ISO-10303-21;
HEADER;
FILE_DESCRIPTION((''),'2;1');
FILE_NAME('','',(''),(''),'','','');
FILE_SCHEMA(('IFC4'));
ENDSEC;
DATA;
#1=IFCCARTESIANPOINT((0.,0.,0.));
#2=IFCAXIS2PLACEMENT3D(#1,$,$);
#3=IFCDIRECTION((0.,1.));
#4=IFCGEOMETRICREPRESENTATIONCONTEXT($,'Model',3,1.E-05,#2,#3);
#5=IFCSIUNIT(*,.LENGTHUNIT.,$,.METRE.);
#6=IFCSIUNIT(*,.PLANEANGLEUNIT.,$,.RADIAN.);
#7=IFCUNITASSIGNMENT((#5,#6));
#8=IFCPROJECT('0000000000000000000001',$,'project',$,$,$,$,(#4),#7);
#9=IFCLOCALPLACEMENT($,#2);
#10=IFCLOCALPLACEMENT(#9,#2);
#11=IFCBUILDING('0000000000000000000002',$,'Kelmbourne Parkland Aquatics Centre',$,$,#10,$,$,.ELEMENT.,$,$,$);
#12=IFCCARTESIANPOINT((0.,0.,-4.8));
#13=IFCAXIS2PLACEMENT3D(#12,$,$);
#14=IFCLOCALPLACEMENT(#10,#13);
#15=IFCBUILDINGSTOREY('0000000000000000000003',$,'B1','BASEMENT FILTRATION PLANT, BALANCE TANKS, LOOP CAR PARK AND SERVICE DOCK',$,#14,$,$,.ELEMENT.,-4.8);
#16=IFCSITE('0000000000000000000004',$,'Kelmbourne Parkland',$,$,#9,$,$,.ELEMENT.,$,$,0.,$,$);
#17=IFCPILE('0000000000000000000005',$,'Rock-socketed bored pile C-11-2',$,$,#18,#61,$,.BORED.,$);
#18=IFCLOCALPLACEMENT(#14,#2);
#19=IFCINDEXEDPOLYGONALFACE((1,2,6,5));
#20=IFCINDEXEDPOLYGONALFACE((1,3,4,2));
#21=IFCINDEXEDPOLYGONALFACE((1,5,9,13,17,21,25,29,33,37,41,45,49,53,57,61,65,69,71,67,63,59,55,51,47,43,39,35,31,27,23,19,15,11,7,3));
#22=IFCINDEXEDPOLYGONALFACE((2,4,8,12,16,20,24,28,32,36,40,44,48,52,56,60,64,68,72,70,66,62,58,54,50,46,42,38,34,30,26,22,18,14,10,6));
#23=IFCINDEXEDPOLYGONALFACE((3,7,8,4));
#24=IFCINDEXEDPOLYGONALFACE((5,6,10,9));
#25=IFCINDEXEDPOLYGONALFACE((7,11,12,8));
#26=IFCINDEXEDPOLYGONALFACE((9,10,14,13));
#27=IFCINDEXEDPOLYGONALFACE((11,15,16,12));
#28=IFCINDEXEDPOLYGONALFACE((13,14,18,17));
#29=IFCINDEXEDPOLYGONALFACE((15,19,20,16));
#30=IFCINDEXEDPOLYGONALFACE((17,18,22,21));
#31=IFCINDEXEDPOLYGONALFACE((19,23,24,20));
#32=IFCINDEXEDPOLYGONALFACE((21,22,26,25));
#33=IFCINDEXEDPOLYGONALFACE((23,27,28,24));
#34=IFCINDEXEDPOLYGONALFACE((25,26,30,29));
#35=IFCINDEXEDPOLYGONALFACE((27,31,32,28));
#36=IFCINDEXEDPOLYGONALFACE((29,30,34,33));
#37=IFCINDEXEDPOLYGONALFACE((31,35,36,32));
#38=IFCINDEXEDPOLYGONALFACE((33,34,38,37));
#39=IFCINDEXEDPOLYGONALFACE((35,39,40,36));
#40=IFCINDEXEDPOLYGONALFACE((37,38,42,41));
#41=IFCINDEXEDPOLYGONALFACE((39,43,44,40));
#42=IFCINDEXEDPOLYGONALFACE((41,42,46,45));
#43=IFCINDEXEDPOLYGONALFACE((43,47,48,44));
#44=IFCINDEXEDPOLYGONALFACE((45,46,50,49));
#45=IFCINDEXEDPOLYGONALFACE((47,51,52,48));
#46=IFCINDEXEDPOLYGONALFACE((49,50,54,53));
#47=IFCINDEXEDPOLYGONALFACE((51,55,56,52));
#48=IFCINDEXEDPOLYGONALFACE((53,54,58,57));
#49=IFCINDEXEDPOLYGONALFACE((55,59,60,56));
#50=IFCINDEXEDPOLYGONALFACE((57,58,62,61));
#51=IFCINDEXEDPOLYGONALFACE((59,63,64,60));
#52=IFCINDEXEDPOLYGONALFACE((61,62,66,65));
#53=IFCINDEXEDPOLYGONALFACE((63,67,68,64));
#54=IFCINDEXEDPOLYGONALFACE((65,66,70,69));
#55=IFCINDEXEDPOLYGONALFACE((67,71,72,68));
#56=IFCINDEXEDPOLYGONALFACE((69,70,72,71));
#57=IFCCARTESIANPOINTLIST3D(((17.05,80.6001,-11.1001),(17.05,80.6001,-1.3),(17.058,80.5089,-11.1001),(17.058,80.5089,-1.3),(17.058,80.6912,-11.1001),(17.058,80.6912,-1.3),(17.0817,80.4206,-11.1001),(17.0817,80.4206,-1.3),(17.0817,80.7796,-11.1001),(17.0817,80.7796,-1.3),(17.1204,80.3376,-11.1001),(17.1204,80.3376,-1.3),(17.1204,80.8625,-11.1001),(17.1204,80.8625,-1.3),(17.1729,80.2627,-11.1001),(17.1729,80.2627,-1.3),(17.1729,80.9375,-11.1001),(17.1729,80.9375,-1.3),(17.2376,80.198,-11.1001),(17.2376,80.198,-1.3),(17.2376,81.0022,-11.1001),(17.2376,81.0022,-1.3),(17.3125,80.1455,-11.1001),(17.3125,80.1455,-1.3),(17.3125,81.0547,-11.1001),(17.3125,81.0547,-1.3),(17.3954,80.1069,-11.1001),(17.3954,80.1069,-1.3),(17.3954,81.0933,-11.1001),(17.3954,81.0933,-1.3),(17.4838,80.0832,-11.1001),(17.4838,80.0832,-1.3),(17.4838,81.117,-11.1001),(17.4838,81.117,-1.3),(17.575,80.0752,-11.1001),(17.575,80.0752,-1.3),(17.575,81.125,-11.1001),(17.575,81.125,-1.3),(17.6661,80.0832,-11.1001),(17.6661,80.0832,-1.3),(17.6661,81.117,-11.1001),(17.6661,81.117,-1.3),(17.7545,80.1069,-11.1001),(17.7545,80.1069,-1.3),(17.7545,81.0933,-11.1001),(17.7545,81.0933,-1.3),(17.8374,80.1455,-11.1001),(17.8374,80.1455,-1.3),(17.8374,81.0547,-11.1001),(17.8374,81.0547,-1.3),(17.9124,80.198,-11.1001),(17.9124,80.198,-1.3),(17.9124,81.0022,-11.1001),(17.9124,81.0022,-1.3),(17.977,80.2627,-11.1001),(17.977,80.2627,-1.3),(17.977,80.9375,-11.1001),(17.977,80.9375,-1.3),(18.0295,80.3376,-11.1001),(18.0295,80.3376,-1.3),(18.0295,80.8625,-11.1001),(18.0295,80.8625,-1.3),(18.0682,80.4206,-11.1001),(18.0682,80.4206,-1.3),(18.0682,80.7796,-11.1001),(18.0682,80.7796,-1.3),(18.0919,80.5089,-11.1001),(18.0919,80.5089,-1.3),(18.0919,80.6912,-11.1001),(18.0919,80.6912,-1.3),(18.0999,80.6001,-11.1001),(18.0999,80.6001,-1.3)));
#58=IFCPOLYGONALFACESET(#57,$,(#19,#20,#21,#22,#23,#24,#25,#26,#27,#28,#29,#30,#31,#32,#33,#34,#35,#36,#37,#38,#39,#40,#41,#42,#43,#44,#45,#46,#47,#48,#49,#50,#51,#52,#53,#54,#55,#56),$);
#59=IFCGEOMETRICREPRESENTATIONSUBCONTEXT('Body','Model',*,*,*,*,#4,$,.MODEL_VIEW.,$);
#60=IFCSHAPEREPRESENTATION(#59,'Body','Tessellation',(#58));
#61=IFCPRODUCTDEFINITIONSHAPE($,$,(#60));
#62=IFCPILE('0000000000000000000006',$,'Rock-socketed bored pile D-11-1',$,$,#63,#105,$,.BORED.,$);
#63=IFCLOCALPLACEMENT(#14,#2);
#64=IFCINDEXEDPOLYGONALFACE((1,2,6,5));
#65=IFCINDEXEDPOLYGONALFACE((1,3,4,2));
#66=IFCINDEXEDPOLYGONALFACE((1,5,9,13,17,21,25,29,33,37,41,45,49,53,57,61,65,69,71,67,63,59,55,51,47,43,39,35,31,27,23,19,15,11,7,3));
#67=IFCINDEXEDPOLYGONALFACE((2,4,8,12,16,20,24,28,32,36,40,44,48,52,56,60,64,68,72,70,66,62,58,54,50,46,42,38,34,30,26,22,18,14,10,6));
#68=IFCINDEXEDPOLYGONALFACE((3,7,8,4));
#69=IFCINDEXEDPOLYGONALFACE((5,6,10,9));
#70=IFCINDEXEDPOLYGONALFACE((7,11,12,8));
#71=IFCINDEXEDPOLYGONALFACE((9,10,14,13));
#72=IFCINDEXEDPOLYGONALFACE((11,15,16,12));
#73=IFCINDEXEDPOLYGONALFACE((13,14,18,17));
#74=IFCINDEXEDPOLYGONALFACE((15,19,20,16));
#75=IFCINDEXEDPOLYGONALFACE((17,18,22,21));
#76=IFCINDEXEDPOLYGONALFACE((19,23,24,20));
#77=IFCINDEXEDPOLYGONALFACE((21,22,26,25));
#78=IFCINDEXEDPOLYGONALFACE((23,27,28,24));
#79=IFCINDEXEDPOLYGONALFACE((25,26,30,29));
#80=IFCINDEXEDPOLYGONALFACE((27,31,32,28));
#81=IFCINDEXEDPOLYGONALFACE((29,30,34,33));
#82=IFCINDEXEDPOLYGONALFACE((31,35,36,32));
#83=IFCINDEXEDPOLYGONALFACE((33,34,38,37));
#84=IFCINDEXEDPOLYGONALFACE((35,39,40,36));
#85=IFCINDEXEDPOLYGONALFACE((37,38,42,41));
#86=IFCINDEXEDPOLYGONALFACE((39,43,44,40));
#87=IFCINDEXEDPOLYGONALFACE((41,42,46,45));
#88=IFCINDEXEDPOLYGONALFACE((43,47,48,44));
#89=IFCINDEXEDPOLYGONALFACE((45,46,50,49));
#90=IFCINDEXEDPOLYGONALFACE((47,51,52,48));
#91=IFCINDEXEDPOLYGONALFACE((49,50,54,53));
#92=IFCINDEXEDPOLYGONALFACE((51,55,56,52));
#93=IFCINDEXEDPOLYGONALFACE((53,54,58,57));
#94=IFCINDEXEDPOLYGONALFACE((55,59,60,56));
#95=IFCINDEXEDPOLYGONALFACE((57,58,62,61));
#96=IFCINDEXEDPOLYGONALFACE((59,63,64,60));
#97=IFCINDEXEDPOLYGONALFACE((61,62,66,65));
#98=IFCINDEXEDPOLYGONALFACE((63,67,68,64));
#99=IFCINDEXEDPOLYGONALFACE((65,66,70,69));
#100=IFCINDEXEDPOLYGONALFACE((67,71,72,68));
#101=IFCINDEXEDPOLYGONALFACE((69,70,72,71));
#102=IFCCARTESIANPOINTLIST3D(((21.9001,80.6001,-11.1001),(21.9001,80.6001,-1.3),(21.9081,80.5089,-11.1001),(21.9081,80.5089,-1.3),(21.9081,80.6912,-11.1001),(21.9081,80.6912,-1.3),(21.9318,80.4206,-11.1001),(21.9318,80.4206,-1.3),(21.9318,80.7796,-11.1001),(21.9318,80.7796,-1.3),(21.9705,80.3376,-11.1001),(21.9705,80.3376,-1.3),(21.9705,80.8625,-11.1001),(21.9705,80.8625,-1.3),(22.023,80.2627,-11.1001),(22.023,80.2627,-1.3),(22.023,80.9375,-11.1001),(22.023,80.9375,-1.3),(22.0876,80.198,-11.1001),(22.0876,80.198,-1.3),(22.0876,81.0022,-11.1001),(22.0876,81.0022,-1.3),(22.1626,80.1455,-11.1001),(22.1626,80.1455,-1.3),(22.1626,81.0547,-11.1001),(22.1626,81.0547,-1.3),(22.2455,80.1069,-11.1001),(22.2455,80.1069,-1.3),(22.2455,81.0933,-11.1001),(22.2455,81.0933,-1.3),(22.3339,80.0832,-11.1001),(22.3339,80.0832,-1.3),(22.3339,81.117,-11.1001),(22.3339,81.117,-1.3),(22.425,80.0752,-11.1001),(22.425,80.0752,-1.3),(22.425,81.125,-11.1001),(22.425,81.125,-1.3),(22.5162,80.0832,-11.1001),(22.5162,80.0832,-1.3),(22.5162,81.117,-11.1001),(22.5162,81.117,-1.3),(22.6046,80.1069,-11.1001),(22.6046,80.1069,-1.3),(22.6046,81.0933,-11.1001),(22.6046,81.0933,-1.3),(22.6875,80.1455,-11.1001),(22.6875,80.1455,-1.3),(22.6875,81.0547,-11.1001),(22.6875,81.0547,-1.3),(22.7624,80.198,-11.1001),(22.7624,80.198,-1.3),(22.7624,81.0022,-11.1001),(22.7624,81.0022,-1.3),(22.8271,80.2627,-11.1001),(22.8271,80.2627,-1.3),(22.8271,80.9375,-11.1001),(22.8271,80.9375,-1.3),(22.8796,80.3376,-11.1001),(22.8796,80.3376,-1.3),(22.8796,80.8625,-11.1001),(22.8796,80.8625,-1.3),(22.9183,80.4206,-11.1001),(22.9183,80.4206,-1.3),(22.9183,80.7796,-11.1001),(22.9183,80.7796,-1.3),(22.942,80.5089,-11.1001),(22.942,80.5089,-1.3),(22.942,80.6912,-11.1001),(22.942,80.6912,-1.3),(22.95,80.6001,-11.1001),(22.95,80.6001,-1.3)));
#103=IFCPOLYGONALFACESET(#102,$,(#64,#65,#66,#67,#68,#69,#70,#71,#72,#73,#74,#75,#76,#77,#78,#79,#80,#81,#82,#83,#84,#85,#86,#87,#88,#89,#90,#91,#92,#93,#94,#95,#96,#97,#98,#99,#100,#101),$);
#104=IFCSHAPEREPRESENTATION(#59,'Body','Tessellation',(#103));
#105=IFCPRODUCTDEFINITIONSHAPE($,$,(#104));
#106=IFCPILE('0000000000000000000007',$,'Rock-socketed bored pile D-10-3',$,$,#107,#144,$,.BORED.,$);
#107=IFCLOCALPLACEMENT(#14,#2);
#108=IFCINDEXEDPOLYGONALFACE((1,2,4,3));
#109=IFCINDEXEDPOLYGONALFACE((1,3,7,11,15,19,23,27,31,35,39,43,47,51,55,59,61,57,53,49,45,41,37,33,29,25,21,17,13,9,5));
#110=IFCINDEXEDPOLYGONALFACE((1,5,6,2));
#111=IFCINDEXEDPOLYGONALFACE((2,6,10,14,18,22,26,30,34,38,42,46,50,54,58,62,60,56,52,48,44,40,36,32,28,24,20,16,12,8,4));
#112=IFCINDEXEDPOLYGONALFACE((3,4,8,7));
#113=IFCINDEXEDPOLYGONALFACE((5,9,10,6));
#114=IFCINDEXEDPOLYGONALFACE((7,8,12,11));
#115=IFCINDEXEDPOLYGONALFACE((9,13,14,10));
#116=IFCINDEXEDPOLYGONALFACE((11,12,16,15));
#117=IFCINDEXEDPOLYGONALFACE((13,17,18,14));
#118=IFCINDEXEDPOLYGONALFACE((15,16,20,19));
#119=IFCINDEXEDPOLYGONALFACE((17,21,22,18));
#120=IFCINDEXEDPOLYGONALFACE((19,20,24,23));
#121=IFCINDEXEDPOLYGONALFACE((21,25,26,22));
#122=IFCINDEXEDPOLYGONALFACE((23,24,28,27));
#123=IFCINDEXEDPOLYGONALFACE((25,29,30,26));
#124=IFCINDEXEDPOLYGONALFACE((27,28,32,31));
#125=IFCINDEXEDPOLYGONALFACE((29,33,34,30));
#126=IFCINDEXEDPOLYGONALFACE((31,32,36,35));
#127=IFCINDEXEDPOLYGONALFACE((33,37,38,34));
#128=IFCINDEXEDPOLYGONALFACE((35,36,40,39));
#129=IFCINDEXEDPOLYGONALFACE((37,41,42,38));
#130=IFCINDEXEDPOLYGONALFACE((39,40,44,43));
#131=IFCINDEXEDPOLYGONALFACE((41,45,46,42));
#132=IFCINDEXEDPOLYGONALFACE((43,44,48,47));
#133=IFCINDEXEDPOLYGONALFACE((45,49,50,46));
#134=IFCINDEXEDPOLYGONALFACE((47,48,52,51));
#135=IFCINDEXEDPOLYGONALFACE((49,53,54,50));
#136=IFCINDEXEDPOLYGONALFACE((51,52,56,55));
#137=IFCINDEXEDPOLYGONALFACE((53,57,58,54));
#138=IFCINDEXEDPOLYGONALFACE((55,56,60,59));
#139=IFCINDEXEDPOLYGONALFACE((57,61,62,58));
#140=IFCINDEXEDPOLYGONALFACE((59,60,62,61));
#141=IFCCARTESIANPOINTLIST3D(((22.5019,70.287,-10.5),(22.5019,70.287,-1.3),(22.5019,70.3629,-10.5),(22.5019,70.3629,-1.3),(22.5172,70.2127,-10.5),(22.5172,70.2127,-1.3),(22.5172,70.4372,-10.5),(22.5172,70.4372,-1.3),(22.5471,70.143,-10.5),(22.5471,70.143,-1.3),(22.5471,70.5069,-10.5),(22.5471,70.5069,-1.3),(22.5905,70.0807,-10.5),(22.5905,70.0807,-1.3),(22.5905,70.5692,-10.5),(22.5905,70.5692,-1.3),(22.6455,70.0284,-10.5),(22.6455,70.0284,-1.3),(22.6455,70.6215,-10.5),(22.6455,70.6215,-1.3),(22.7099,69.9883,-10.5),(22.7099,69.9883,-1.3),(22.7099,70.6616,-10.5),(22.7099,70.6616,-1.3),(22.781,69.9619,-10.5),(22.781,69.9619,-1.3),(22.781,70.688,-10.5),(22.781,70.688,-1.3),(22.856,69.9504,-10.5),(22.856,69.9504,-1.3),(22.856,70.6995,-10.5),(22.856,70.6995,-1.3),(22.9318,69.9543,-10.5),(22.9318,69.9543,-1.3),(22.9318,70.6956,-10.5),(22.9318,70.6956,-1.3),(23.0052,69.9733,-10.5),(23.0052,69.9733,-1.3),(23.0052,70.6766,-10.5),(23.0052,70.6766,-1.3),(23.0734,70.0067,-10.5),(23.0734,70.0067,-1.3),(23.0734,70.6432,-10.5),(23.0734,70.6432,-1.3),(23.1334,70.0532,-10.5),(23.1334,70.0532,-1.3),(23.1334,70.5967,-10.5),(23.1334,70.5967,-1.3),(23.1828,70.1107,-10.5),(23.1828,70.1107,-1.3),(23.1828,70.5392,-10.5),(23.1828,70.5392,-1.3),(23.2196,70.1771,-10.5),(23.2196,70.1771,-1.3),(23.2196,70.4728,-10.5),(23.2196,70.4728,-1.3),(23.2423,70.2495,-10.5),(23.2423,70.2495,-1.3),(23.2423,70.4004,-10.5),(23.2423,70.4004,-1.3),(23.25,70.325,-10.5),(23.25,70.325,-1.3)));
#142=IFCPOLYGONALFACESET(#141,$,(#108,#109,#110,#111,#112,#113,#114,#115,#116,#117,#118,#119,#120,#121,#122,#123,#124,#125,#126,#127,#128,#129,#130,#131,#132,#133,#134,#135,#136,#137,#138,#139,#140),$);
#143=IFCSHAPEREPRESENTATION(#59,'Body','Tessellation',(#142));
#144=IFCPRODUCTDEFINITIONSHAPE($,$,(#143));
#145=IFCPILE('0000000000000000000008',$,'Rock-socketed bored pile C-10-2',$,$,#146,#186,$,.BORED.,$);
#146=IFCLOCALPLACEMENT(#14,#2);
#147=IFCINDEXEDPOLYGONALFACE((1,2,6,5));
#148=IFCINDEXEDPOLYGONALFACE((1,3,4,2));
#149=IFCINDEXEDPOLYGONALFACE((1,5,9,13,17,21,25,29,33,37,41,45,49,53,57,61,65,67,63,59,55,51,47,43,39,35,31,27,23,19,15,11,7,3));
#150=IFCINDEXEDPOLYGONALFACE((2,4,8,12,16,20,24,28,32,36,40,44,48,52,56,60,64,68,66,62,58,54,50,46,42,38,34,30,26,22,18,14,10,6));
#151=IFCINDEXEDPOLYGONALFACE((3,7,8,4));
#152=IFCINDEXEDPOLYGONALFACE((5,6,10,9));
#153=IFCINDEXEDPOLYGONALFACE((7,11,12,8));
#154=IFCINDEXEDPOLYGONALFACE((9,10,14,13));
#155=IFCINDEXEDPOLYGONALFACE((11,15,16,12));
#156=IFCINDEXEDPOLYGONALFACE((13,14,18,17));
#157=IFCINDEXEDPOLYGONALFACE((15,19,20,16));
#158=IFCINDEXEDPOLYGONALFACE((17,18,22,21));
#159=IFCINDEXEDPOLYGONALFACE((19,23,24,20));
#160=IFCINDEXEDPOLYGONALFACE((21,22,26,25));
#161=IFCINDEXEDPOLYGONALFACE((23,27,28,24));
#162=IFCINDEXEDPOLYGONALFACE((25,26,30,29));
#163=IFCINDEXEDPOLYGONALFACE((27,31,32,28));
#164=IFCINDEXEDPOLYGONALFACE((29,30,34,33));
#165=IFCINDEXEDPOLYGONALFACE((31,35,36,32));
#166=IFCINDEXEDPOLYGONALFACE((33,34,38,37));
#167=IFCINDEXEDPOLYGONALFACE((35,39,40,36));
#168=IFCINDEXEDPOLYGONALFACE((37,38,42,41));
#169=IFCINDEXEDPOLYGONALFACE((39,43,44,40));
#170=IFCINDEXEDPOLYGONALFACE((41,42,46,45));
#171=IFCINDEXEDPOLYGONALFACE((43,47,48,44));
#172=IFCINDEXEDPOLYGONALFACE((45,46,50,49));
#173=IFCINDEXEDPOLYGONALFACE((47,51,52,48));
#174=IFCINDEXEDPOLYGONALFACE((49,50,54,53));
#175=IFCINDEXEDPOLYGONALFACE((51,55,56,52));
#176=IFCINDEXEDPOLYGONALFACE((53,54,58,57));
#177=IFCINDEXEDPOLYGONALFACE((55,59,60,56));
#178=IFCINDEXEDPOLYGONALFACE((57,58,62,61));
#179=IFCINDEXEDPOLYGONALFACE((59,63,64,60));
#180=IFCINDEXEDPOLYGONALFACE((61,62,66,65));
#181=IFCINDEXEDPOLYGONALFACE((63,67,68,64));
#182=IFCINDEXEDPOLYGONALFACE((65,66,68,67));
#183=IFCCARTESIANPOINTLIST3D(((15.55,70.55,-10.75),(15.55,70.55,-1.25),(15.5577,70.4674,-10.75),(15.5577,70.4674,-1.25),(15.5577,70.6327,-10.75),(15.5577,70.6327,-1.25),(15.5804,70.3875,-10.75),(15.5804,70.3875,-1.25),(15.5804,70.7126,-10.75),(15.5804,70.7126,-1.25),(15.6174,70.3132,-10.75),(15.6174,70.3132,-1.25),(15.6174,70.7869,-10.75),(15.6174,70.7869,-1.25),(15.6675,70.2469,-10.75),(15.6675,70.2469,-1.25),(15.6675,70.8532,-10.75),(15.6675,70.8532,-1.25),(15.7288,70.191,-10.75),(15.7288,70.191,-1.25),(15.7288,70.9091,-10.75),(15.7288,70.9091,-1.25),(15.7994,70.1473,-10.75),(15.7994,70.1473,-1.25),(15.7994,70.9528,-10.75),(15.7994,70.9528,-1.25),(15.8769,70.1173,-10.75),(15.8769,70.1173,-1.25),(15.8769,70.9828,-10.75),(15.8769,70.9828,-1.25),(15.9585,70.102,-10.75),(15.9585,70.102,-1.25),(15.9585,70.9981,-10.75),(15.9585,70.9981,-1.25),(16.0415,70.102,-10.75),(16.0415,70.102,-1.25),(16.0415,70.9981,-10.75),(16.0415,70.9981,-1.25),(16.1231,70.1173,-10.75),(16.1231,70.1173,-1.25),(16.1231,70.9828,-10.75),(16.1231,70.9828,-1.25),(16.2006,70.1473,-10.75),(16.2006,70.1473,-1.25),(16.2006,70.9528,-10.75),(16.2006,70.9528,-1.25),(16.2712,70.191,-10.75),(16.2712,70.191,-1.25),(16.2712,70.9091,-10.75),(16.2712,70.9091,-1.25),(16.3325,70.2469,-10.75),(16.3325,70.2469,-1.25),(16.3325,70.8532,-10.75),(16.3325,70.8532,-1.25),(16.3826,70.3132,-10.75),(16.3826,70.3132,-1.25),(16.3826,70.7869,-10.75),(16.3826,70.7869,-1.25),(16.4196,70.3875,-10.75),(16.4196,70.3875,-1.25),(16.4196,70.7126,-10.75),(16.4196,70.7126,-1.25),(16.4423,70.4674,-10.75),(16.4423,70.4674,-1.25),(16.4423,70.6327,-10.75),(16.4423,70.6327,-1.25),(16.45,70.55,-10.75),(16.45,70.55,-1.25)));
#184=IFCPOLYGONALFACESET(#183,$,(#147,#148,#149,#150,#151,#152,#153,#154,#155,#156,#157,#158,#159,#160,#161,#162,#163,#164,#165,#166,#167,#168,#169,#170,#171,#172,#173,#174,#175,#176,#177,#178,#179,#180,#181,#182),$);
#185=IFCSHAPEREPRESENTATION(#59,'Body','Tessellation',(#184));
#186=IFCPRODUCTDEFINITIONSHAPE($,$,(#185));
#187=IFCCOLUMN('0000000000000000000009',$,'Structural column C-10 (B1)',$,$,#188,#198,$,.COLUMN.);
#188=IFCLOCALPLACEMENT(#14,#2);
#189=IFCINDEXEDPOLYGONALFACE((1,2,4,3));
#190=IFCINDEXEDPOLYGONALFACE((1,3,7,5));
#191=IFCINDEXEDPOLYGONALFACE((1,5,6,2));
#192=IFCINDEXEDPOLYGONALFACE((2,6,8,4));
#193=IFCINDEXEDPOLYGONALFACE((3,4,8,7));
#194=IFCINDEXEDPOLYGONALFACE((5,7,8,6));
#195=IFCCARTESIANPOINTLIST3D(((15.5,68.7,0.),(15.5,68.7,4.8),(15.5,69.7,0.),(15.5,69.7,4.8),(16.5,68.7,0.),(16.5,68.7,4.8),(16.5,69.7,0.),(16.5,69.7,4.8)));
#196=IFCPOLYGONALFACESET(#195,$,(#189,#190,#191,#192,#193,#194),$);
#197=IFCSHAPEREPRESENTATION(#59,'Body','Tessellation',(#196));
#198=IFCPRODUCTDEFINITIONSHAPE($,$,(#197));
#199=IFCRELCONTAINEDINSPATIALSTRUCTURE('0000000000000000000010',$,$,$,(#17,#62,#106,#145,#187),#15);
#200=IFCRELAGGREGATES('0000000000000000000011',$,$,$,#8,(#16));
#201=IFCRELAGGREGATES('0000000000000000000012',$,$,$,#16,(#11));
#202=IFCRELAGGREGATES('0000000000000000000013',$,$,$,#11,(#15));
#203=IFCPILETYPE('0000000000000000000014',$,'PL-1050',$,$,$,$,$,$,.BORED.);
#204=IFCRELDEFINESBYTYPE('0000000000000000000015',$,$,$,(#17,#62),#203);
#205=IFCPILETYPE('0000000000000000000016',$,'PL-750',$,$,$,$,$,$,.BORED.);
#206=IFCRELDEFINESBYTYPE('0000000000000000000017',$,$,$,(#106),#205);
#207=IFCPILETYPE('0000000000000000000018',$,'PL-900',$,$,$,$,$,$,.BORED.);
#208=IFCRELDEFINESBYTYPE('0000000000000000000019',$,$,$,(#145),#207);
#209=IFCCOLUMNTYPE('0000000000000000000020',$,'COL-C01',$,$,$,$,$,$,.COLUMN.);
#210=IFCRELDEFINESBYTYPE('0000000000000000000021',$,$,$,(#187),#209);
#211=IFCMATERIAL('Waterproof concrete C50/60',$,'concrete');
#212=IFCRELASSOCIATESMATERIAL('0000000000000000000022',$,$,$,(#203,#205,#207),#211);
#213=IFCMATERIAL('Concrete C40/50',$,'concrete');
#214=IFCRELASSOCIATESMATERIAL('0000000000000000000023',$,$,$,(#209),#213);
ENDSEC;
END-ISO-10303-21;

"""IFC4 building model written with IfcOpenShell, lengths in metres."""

from ifc_helpers import new_model, si_unit, direction, frame, origin, origin_2d, place, context, subcontext, project, spatial, rectangle, circle, extrude, material, material_profile, profile_set, type_object, element, save


model = new_model("IFC4")

# Units and contexts
model_context = context("Model", 3, precision=1e-05, world=origin(), true_north=direction((0.0, 1.0)))
body_context = subcontext(model_context, "Body", "Model", "MODEL_VIEW")
ifc_project = project(units=[si_unit("LENGTHUNIT", "METRE"), si_unit("PLANEANGLEUNIT", "RADIAN")], contexts=[model_context])

# Site, building, storey
site_placement = place(None, origin())
site = spatial("IfcSite", under=ifc_project, at=site_placement, Name="Kelmbourne Parkland", CompositionType="ELEMENT", RefElevation=0.0)
building_placement = place(site_placement, origin())
building = spatial("IfcBuilding", under=site, at=building_placement, Name="Kelmbourne Parkland Aquatics Centre", CompositionType="ELEMENT")
storey_placement = place(building_placement, frame((0.0, 0.0, -4.8)))
storey = spatial("IfcBuildingStorey", under=building, at=storey_placement, Name="B1", Description="BASEMENT FILTRATION PLANT, BALANCE TANKS, LOOP CAR PARK AND SERVICE DOCK", CompositionType="ELEMENT", Elevation=-4.8)

# Shared definitions
ifc_material_1 = material(Name="Waterproof concrete C50/60", Category="concrete")

# Piles
ifc_material_profile_1 = material_profile(ifc_material_1, circle(Radius=0.5249, at=origin_2d()), Name="PILE D1050")
ifc_profile_set_1 = profile_set([ifc_material_profile_1], Name="Waterproof concrete C50/60")
pile_type_1 = type_object("IfcPileType", Name="PL-1050", PredefinedType="BORED", material=ifc_profile_set_1)
for number, where, z_axis, x_axis, name in (
    (1, (17.575, 80.6001, -1.3), (0.0, 0.0, -1.0), (1.0, 0.0, 0.0), "Rock-socketed bored pile C-11-2"),
    (2, (22.425, 80.6001, -1.3), (0.0, 0.0, -1.0), (1.0, 0.0, 0.0), "Rock-socketed bored pile D-11-1"),
):
    element("IfcPile", number, at=place(storey_placement, frame(where, z_axis=z_axis, x_axis=x_axis)), inside=storey, type_object=pile_type_1, Name=name, PredefinedType="BORED", context=body_context, shape_type="SweptSolid", body=[
        extrude(circle(Radius=0.5249, at=origin_2d()), origin(), (0.0, 0.0, 1.0), 9.8),
    ])
ifc_material_profile_2 = material_profile(ifc_material_1, circle(Radius=0.375, at=origin_2d()), Name="PILE D750")
ifc_profile_set_2 = profile_set([ifc_material_profile_2], Name="Waterproof concrete C50/60")
pile_type_2 = type_object("IfcPileType", Name="PL-750", PredefinedType="BORED", material=ifc_profile_set_2)
pile_1_placement = place(storey_placement, frame((22.875, 70.325, -1.3), z_axis=(0.0, 0.0, -1.0), x_axis=(1.0, 0.0, 0.0)))
element("IfcPile", 3, at=pile_1_placement, inside=storey, type_object=pile_type_2, Name="Rock-socketed bored pile D-10-3", PredefinedType="BORED", context=body_context, shape_type="SweptSolid", body=[
    extrude(circle(Radius=0.375, at=origin_2d()), origin(), (0.0, 0.0, 1.0), 9.2),
])
ifc_material_profile_3 = material_profile(ifc_material_1, circle(Radius=0.45, at=origin_2d()), Name="PILE D900")
ifc_profile_set_3 = profile_set([ifc_material_profile_3], Name="Waterproof concrete C50/60")
pile_type_3 = type_object("IfcPileType", Name="PL-900", PredefinedType="BORED", material=ifc_profile_set_3)
pile_2_placement = place(storey_placement, frame((16.0, 70.55, -1.25), z_axis=(0.0, 0.0, -1.0), x_axis=(1.0, 0.0, 0.0)))
element("IfcPile", 4, at=pile_2_placement, inside=storey, type_object=pile_type_3, Name="Rock-socketed bored pile C-10-2", PredefinedType="BORED", context=body_context, shape_type="SweptSolid", body=[
    extrude(circle(Radius=0.45, at=origin_2d()), origin(), (0.0, 0.0, 1.0), 9.5),
])

# Column
ifc_material_2 = material(Name="Concrete C40/50", Category="concrete")
ifc_material_profile_4 = material_profile(ifc_material_2, rectangle(XDim=1.0, YDim=1.0, at=origin_2d()), Name="RC 1000x1000")
ifc_profile_set_4 = profile_set([ifc_material_profile_4], Name="Concrete C40/50")
column_type_1 = type_object("IfcColumnType", Name="COL-C01", PredefinedType="COLUMN", material=ifc_profile_set_4)
column_1_placement = place(storey_placement, frame((16.0, 69.2, 0.0), z_axis=(0.0, 0.0, 1.0), x_axis=(1.0, 0.0, 0.0)))
element("IfcColumn", 5, at=column_1_placement, inside=storey, type_object=column_type_1, Name="Structural column C-10 (B1)", PredefinedType="COLUMN", context=body_context, shape_type="SweptSolid", body=[
    extrude(rectangle(XDim=1.0, YDim=1.0, at=origin_2d()), origin(), (0.0, 0.0, 1.0), 4.8),
])

save(model, "model.ifc")
